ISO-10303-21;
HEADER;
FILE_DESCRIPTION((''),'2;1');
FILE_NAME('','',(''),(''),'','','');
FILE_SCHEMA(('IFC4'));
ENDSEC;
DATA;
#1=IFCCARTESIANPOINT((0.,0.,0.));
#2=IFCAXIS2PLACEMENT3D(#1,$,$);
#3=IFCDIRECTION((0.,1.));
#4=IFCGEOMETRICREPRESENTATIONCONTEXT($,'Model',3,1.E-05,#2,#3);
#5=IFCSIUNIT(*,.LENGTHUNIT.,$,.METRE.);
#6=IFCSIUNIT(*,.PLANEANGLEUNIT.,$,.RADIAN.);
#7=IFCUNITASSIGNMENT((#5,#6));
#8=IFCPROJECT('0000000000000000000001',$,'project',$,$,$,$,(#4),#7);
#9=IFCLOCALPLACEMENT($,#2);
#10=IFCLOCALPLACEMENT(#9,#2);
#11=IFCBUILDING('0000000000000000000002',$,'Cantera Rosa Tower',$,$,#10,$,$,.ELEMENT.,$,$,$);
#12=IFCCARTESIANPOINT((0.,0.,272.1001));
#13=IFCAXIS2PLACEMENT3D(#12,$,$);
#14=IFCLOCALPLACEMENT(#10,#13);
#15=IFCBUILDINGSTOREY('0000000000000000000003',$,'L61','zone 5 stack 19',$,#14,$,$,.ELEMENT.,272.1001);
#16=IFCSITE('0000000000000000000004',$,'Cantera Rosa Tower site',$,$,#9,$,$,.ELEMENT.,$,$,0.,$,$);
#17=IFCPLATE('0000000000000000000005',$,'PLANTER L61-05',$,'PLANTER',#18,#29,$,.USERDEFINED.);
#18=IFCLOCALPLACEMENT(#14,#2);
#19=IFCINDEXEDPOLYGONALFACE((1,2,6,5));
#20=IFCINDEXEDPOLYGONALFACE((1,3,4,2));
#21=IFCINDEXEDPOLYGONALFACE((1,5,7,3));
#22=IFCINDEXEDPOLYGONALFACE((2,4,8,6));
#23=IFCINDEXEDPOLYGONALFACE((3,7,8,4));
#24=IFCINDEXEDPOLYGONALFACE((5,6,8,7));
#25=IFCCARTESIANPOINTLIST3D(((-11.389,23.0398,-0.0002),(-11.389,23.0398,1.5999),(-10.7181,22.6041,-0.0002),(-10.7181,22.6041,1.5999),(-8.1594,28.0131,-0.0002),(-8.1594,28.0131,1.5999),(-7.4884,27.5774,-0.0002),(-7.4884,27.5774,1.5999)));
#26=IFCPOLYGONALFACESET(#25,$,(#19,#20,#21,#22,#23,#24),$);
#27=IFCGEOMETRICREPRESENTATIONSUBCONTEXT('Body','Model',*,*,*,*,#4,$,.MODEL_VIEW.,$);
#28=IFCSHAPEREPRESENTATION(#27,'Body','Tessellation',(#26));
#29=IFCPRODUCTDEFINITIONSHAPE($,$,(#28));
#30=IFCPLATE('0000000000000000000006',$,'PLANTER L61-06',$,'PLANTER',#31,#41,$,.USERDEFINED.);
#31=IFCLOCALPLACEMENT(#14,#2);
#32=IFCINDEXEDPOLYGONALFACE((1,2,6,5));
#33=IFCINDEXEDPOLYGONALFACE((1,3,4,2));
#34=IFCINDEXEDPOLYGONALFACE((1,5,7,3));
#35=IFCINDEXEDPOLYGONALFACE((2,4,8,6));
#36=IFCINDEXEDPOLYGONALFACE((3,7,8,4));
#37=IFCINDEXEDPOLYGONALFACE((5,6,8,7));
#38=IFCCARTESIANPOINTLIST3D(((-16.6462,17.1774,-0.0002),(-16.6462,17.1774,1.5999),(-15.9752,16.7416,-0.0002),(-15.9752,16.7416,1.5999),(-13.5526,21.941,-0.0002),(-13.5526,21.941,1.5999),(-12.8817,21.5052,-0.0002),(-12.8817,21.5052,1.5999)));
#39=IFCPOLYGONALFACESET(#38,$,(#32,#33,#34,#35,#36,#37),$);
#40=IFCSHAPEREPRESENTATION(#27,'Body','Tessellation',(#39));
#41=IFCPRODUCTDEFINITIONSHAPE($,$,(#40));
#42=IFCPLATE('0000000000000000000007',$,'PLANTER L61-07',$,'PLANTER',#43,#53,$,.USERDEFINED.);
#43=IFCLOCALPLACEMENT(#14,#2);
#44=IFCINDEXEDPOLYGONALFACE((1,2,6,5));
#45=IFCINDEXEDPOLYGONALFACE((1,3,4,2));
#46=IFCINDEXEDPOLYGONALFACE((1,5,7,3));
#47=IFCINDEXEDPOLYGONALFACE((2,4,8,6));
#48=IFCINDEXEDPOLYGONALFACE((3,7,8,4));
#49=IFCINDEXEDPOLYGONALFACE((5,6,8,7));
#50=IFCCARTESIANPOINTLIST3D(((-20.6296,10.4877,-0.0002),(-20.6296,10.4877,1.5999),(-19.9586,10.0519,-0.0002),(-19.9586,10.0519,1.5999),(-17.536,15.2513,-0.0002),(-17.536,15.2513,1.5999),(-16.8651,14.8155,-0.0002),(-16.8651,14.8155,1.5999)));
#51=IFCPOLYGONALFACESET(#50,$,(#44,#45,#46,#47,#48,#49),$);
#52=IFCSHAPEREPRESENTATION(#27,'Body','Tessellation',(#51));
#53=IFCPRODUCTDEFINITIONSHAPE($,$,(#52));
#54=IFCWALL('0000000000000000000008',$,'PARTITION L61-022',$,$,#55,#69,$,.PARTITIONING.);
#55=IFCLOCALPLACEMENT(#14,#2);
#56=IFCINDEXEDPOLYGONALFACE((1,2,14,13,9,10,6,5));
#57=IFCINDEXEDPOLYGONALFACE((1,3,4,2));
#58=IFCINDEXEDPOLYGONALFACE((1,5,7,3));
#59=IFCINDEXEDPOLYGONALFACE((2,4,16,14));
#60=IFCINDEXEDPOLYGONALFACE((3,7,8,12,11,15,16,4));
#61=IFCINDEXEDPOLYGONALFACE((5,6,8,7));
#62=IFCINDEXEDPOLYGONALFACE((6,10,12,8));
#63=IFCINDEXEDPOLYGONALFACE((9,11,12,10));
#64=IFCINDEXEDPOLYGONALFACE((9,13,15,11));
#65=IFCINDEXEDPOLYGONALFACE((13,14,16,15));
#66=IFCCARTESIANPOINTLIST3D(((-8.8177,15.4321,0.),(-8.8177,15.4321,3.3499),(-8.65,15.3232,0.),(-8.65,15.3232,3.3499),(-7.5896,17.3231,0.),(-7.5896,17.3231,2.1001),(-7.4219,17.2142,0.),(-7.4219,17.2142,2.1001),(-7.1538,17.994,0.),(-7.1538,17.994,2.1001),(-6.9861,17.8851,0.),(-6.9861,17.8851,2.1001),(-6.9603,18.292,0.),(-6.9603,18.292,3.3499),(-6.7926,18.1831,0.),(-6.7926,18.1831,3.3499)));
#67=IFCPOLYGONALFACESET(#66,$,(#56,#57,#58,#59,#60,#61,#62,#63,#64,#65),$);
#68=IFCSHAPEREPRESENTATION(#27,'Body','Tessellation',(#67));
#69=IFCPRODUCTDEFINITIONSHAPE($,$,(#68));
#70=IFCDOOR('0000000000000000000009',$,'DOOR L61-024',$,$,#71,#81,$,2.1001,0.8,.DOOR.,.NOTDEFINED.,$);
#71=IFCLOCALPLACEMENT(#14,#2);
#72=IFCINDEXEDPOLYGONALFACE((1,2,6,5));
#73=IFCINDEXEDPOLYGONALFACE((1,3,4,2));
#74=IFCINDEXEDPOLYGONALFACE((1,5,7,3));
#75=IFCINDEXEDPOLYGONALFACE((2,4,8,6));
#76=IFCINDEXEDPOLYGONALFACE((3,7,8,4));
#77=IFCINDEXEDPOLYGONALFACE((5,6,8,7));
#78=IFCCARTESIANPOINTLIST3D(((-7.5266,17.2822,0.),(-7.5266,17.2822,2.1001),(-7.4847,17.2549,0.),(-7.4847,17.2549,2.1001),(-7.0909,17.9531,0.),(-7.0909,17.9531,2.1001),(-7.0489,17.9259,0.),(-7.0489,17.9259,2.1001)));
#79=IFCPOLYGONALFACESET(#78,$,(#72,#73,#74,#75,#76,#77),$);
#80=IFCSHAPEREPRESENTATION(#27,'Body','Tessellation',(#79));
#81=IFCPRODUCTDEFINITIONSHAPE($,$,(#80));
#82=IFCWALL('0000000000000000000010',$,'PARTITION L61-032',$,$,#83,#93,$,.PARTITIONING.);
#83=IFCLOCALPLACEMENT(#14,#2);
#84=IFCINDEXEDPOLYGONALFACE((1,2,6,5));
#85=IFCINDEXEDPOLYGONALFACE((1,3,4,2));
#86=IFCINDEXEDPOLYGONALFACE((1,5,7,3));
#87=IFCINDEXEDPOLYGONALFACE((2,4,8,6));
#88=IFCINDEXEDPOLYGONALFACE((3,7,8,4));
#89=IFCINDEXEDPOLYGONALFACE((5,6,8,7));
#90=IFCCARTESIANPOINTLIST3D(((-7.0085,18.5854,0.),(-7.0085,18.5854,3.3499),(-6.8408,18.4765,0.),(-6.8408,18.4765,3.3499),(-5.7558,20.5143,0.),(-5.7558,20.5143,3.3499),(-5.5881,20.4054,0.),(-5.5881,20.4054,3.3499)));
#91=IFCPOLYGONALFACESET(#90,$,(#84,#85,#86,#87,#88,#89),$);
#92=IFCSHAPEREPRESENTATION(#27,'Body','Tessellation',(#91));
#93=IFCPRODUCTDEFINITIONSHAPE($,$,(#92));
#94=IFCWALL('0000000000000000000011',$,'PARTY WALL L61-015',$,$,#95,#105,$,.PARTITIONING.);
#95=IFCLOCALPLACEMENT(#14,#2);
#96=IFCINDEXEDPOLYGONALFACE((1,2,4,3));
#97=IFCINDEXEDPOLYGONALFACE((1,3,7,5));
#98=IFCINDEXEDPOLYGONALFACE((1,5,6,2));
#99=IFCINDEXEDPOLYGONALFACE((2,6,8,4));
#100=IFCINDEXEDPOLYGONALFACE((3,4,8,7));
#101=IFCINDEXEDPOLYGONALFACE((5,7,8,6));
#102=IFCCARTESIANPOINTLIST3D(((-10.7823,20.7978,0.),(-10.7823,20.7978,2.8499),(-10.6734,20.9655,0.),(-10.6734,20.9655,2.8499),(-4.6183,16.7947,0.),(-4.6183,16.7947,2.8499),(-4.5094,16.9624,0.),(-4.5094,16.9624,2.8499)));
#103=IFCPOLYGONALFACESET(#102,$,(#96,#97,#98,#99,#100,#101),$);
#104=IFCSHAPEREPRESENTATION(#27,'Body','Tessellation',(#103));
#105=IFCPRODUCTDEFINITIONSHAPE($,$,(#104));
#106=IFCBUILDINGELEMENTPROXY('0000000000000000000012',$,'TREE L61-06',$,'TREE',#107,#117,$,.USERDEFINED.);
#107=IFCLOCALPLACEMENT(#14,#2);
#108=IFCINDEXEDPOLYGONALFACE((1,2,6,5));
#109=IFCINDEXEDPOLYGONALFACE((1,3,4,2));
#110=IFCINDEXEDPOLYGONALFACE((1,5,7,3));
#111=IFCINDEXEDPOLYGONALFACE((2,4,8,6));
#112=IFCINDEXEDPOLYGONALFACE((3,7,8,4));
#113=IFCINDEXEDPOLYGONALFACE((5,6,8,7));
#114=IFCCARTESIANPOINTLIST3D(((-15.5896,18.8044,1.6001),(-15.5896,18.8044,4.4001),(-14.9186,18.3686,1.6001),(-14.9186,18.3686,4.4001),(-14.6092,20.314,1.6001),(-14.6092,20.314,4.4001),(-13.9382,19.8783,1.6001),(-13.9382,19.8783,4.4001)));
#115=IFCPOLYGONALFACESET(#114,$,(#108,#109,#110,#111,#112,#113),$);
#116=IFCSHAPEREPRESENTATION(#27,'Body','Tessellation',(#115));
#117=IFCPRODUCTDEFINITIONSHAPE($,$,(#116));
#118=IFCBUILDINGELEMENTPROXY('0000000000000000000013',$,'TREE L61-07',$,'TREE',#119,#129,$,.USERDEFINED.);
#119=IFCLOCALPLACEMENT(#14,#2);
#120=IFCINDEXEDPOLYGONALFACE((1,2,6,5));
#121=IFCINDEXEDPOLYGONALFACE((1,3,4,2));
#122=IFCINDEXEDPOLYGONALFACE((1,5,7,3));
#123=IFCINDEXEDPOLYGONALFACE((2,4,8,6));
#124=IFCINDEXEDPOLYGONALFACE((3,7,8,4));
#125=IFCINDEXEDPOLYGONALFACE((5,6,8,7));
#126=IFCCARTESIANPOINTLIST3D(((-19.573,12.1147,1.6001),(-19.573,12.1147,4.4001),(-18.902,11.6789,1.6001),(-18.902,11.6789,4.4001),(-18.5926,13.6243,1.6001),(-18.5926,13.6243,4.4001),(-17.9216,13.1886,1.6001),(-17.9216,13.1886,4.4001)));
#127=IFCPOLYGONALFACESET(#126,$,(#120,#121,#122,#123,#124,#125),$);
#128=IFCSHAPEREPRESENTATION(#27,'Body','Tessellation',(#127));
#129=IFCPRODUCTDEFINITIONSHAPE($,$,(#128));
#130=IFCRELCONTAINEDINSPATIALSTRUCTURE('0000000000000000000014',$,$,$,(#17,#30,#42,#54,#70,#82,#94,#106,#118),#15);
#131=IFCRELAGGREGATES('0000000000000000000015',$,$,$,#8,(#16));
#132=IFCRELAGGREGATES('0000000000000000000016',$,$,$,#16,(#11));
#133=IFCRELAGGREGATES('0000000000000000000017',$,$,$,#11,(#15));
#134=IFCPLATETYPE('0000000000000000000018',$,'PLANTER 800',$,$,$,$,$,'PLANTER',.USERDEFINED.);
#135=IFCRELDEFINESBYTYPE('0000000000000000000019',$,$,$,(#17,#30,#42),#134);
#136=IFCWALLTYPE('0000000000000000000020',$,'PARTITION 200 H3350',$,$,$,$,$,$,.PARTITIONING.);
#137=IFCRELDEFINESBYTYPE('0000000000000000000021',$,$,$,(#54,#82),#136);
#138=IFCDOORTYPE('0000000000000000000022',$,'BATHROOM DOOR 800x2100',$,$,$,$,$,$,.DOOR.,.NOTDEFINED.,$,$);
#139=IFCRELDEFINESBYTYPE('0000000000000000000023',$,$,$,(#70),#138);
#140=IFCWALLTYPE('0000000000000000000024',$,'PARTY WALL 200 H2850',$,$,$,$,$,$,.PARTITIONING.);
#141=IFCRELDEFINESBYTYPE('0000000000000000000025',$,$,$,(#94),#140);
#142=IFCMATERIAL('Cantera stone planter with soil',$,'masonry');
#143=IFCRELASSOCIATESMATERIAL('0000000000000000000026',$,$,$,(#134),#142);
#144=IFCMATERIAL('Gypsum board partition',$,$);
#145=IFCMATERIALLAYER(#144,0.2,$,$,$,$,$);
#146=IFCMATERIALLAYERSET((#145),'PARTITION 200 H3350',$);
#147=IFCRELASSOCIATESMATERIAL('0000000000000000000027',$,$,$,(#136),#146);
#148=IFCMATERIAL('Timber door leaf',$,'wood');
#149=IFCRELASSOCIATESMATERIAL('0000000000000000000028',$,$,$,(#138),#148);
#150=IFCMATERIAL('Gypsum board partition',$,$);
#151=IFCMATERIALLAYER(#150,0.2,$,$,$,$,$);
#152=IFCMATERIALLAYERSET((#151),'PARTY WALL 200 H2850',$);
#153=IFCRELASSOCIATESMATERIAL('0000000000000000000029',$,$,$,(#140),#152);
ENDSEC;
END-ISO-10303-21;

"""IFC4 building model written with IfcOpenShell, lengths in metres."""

from ifc_helpers import new_model, si_unit, direction, frame, frame_2d, origin, origin_2d, place, context, subcontext, project, spatial, rectangle, extrude, material, layer, layer_set, type_object, element, fill, save


model = new_model("IFC4")

# Units and contexts
model_context = context("Model", 3, precision=1e-05, world=origin(), true_north=direction((0.0, 1.0)))
body_context = subcontext(model_context, "Body", "Model", "MODEL_VIEW")
ifc_project = project(units=[si_unit("LENGTHUNIT", "METRE"), si_unit("PLANEANGLEUNIT", "RADIAN")], contexts=[model_context])

# Site, building, storey
site_placement = place(None, origin())
site = spatial("IfcSite", under=ifc_project, at=site_placement, Name="Cantera Rosa Tower site", CompositionType="ELEMENT", RefElevation=0.0)
building_placement = place(site_placement, origin())
building = spatial("IfcBuilding", under=site, at=building_placement, Name="Cantera Rosa Tower", CompositionType="ELEMENT")
storey_placement = place(building_placement, frame((0.0, 0.0, 272.1001)))
storey = spatial("IfcBuildingStorey", under=building, at=storey_placement, Name="L61", Description="zone 5 stack 19", CompositionType="ELEMENT", Elevation=272.1001)

# Plates
ifc_material_1 = material(Name="Cantera stone planter with soil", Category="masonry")
plate_type = type_object("IfcPlateType", Name="PLANTER 800", ElementType="PLANTER", PredefinedType="USERDEFINED", material=ifc_material_1)
plate_placement = place(storey_placement, frame((-9.4387, 25.3086, -0.0002), z_axis=(0.0, 0.0, 1.0), x_axis=(-0.544639, -0.838671, 0.0)))
element("IfcPlate", 1, at=plate_placement, inside=storey, type_object=plate_type, Name="PLANTER L61-05", ObjectType="PLANTER", PredefinedType="USERDEFINED", context=body_context, shape_type="SweptSolid", body=[
    extrude(rectangle(XDim=5.9299, YDim=0.8, at=origin_2d()), origin(), (0.0, 0.0, 1.0), 1.6001),
])
for number, where, z_axis, x_axis, name in (
    (2, (-14.7639, 19.3413, -0.0002), (0.0, 0.0, 1.0), (-0.544639, -0.838671, 0.0), "PLANTER L61-06"),
    (3, (-18.7473, 12.6516, -0.0002), (0.0, 0.0, 1.0), (-0.544639, -0.838671, 0.0), "PLANTER L61-07"),
):
    element("IfcPlate", number, at=place(storey_placement, frame(where, z_axis=z_axis, x_axis=x_axis)), inside=storey, type_object=plate_type, Name=name, ObjectType="PLANTER", PredefinedType="USERDEFINED", context=body_context, shape_type="SweptSolid", body=[
        extrude(rectangle(XDim=5.6799, YDim=0.8, at=origin_2d()), origin(), (0.0, 0.0, 1.0), 1.6001),
    ])

# Wall, opening, door
ifc_material_2 = material(Name="Gypsum board partition")
ifc_layer_1 = layer(ifc_material_2, 0.2)
ifc_layer_set_1 = layer_set([ifc_layer_1], Name="PARTITION 200 H3350")
wall_type_1 = type_object("IfcWallType", Name="PARTITION 200 H3350", PredefinedType="PARTITIONING", material=ifc_layer_set_1)
wall_1_placement = place(storey_placement, frame((-8.7339, 15.3777, 0.0), z_axis=(0.0, 0.0, 1.0), x_axis=(0.544681, 0.838643, 0.0)))
wall_1 = element("IfcWall", 4, at=wall_1_placement, inside=storey, type_object=wall_type_1, Name="PARTITION L61-022", PredefinedType="PARTITIONING", context=body_context, shape_type="SweptSolid", body=[
    extrude(rectangle(XDim=3.4102, YDim=0.2, at=frame_2d((1.7051, 0.0))), origin(), (0.0, 0.0, 1.0), 3.3499),
])
opening_1_placement = place(wall_1_placement, frame((2.2549, 0.0, 0.0)))
opening_1 = element("IfcOpeningElement", 5, at=opening_1_placement, cuts=wall_1, PredefinedType="OPENING", context=body_context, shape_type="SweptSolid", body=[
    extrude(rectangle(XDim=0.8, YDim=2.1001, at=frame_2d((0.3999, 1.05))), frame((0.0, 0.1099, 0.0), z_axis=(0.0, -1.0, 0.0), x_axis=(1.0, 0.0, 0.0)), (0.0, 0.0, 1.0), 0.22),
])
ifc_material_3 = material(Name="Timber door leaf", Category="wood")
door_type_1 = type_object("IfcDoorType", Name="BATHROOM DOOR 800x2100", OperationType="NOTDEFINED", PredefinedType="DOOR", material=ifc_material_3)
door_1_placement = place(opening_1_placement, origin())
door_1 = element("IfcDoor", 6, at=door_1_placement, inside=storey, type_object=door_type_1, Name="DOOR L61-024", OperationType="NOTDEFINED", OverallHeight=2.1001, OverallWidth=0.8, PredefinedType="DOOR", context=body_context, shape_type="SweptSolid", body=[
    extrude(rectangle(XDim=0.8, YDim=2.1001, at=frame_2d((0.3999, 1.05))), frame((0.0, 0.0249, 0.0), z_axis=(0.0, -1.0, 0.0), x_axis=(1.0, 0.0, 0.0)), (0.0, 0.0, 1.0), 0.05),
])
fill(opening_1, door_1)

# Walls
wall_2_placement = place(storey_placement, frame((-6.9246, 18.531, 0.0), z_axis=(0.0, 0.0, 1.0), x_axis=(0.544641, 0.838669, 0.0)))
element("IfcWall", 7, at=wall_2_placement, inside=storey, type_object=wall_type_1, Name="PARTITION L61-032", PredefinedType="PARTITIONING", context=body_context, shape_type="SweptSolid", body=[
    extrude(rectangle(XDim=2.3, YDim=0.2, at=frame_2d((1.1499, 0.0))), origin(), (0.0, 0.0, 1.0), 3.3499),
])
ifc_material_4 = material(Name="Gypsum board partition")
ifc_layer_2 = layer(ifc_material_4, 0.2)
ifc_layer_set_2 = layer_set([ifc_layer_2], Name="PARTY WALL 200 H2850")
wall_type_2 = type_object("IfcWallType", Name="PARTY WALL 200 H2850", PredefinedType="PARTITIONING", material=ifc_layer_set_2)
wall_3_placement = place(storey_placement, frame((-10.7278, 20.8816, 0.0), z_axis=(0.0, 0.0, 1.0), x_axis=(0.838659, -0.544657, 0.0)))
element("IfcWall", 8, at=wall_3_placement, inside=storey, type_object=wall_type_2, Name="PARTY WALL L61-015", PredefinedType="PARTITIONING", context=body_context, shape_type="SweptSolid", body=[
    extrude(rectangle(XDim=7.3499, YDim=0.2, at=frame_2d((3.6748, 0.0))), origin(), (0.0, 0.0, 1.0), 2.8499),
])

# Building element proxies
for number, where, z_axis, x_axis, name in (
    (9, (-14.7639, 19.3413, 1.6001), (0.0, 0.0, 1.0), (-0.544639, -0.838671, 0.0), "TREE L61-06"),
    (10, (-18.7473, 12.6516, 1.6001), (0.0, 0.0, 1.0), (-0.544639, -0.838671, 0.0), "TREE L61-07"),
):
    element("IfcBuildingElementProxy", number, at=place(storey_placement, frame(where, z_axis=z_axis, x_axis=x_axis)), inside=storey, Name=name, ObjectType="TREE", PredefinedType="USERDEFINED", context=body_context, shape_type="SweptSolid", body=[
        extrude(rectangle(XDim=1.8, YDim=0.8, at=origin_2d()), origin(), (0.0, 0.0, 1.0), 2.8),
    ])

save(model, "model.ifc")
